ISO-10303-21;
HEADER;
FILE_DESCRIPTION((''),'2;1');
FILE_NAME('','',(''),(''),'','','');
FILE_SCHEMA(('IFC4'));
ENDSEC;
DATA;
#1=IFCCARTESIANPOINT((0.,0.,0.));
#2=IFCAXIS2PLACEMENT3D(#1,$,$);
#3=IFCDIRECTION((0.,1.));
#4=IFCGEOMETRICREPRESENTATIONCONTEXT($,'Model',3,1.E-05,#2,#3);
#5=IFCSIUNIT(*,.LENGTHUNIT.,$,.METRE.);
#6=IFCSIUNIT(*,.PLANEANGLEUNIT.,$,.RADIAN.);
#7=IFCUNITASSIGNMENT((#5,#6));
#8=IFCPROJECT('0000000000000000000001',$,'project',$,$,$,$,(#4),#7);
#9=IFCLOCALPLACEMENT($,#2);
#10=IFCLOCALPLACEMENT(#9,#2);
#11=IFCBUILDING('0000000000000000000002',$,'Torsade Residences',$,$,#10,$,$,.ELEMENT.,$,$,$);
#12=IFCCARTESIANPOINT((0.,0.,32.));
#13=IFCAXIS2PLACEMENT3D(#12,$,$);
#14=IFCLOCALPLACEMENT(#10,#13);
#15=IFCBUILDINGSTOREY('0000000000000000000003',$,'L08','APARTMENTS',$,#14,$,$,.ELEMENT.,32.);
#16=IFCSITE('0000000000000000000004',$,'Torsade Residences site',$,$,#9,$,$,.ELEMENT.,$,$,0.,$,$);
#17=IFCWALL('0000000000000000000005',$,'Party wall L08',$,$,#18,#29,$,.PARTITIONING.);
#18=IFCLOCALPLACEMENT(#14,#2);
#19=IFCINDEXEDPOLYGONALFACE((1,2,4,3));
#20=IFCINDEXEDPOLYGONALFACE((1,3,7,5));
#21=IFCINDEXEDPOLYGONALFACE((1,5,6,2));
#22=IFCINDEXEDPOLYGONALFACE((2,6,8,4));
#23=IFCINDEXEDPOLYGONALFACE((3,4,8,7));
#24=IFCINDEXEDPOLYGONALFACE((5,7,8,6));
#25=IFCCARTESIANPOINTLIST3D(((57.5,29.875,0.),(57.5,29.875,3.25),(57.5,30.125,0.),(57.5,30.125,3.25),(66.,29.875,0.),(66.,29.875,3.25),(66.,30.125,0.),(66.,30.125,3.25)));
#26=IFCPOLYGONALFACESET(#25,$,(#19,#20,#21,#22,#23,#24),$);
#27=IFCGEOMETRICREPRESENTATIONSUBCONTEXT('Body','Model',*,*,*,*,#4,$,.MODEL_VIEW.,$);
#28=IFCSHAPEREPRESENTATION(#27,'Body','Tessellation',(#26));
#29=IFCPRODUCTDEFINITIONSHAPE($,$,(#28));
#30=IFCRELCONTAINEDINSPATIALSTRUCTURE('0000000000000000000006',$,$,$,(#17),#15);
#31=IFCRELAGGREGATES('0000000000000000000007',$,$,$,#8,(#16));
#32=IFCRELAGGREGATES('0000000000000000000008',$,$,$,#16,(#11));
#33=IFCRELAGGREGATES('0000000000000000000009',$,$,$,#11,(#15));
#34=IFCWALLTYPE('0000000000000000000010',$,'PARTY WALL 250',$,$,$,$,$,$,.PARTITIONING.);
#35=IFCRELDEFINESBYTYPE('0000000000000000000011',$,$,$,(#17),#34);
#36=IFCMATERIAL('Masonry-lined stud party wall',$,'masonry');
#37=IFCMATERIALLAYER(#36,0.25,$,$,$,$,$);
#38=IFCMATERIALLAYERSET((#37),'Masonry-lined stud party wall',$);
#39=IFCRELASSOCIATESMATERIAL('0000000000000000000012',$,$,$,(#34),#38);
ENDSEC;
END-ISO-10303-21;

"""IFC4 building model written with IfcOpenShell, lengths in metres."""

from ifc_helpers import new_model, si_unit, direction, frame, frame_2d, origin, place, context, subcontext, project, spatial, rectangle, extrude, material, layer, layer_set, type_object, element, save


model = new_model("IFC4")

# Units and contexts
model_context = context("Model", 3, precision=1e-05, world=origin(), true_north=direction((0.0, 1.0)))
body_context = subcontext(model_context, "Body", "Model", "MODEL_VIEW")
ifc_project = project(units=[si_unit("LENGTHUNIT", "METRE"), si_unit("PLANEANGLEUNIT", "RADIAN")], contexts=[model_context])

# Site, building, storey
site_placement = place(None, origin())
site = spatial("IfcSite", under=ifc_project, at=site_placement, Name="Torsade Residences site", CompositionType="ELEMENT", RefElevation=0.0)
building_placement = place(site_placement, origin())
building = spatial("IfcBuilding", under=site, at=building_placement, Name="Torsade Residences", CompositionType="ELEMENT")
storey_placement = place(building_placement, frame((0.0, 0.0, 32.0)))
storey = spatial("IfcBuildingStorey", under=building, at=storey_placement, Name="L08", Description="APARTMENTS", CompositionType="ELEMENT", Elevation=32.0)

# Wall
ifc_material_1 = material(Name="Masonry-lined stud party wall", Category="masonry")
ifc_layer_1 = layer(ifc_material_1, 0.25)
ifc_layer_set_1 = layer_set([ifc_layer_1], Name="Masonry-lined stud party wall")
wall_type_1 = type_object("IfcWallType", Name="PARTY WALL 250", PredefinedType="PARTITIONING", material=ifc_layer_set_1)
wall_1_placement = place(storey_placement, frame((66.0, 30.0, 0.0), z_axis=(0.0, 0.0, 1.0), x_axis=(-1.0, 0.0, 0.0)))
element("IfcWall", 1, at=wall_1_placement, inside=storey, type_object=wall_type_1, Name="Party wall L08", PredefinedType="PARTITIONING", context=body_context, shape_type="SweptSolid", body=[
    extrude(rectangle(XDim=8.5, YDim=0.25, at=frame_2d((4.25, 0.0))), origin(), (0.0, 0.0, 1.0), 3.25),
])

save(model, "model.ifc")
